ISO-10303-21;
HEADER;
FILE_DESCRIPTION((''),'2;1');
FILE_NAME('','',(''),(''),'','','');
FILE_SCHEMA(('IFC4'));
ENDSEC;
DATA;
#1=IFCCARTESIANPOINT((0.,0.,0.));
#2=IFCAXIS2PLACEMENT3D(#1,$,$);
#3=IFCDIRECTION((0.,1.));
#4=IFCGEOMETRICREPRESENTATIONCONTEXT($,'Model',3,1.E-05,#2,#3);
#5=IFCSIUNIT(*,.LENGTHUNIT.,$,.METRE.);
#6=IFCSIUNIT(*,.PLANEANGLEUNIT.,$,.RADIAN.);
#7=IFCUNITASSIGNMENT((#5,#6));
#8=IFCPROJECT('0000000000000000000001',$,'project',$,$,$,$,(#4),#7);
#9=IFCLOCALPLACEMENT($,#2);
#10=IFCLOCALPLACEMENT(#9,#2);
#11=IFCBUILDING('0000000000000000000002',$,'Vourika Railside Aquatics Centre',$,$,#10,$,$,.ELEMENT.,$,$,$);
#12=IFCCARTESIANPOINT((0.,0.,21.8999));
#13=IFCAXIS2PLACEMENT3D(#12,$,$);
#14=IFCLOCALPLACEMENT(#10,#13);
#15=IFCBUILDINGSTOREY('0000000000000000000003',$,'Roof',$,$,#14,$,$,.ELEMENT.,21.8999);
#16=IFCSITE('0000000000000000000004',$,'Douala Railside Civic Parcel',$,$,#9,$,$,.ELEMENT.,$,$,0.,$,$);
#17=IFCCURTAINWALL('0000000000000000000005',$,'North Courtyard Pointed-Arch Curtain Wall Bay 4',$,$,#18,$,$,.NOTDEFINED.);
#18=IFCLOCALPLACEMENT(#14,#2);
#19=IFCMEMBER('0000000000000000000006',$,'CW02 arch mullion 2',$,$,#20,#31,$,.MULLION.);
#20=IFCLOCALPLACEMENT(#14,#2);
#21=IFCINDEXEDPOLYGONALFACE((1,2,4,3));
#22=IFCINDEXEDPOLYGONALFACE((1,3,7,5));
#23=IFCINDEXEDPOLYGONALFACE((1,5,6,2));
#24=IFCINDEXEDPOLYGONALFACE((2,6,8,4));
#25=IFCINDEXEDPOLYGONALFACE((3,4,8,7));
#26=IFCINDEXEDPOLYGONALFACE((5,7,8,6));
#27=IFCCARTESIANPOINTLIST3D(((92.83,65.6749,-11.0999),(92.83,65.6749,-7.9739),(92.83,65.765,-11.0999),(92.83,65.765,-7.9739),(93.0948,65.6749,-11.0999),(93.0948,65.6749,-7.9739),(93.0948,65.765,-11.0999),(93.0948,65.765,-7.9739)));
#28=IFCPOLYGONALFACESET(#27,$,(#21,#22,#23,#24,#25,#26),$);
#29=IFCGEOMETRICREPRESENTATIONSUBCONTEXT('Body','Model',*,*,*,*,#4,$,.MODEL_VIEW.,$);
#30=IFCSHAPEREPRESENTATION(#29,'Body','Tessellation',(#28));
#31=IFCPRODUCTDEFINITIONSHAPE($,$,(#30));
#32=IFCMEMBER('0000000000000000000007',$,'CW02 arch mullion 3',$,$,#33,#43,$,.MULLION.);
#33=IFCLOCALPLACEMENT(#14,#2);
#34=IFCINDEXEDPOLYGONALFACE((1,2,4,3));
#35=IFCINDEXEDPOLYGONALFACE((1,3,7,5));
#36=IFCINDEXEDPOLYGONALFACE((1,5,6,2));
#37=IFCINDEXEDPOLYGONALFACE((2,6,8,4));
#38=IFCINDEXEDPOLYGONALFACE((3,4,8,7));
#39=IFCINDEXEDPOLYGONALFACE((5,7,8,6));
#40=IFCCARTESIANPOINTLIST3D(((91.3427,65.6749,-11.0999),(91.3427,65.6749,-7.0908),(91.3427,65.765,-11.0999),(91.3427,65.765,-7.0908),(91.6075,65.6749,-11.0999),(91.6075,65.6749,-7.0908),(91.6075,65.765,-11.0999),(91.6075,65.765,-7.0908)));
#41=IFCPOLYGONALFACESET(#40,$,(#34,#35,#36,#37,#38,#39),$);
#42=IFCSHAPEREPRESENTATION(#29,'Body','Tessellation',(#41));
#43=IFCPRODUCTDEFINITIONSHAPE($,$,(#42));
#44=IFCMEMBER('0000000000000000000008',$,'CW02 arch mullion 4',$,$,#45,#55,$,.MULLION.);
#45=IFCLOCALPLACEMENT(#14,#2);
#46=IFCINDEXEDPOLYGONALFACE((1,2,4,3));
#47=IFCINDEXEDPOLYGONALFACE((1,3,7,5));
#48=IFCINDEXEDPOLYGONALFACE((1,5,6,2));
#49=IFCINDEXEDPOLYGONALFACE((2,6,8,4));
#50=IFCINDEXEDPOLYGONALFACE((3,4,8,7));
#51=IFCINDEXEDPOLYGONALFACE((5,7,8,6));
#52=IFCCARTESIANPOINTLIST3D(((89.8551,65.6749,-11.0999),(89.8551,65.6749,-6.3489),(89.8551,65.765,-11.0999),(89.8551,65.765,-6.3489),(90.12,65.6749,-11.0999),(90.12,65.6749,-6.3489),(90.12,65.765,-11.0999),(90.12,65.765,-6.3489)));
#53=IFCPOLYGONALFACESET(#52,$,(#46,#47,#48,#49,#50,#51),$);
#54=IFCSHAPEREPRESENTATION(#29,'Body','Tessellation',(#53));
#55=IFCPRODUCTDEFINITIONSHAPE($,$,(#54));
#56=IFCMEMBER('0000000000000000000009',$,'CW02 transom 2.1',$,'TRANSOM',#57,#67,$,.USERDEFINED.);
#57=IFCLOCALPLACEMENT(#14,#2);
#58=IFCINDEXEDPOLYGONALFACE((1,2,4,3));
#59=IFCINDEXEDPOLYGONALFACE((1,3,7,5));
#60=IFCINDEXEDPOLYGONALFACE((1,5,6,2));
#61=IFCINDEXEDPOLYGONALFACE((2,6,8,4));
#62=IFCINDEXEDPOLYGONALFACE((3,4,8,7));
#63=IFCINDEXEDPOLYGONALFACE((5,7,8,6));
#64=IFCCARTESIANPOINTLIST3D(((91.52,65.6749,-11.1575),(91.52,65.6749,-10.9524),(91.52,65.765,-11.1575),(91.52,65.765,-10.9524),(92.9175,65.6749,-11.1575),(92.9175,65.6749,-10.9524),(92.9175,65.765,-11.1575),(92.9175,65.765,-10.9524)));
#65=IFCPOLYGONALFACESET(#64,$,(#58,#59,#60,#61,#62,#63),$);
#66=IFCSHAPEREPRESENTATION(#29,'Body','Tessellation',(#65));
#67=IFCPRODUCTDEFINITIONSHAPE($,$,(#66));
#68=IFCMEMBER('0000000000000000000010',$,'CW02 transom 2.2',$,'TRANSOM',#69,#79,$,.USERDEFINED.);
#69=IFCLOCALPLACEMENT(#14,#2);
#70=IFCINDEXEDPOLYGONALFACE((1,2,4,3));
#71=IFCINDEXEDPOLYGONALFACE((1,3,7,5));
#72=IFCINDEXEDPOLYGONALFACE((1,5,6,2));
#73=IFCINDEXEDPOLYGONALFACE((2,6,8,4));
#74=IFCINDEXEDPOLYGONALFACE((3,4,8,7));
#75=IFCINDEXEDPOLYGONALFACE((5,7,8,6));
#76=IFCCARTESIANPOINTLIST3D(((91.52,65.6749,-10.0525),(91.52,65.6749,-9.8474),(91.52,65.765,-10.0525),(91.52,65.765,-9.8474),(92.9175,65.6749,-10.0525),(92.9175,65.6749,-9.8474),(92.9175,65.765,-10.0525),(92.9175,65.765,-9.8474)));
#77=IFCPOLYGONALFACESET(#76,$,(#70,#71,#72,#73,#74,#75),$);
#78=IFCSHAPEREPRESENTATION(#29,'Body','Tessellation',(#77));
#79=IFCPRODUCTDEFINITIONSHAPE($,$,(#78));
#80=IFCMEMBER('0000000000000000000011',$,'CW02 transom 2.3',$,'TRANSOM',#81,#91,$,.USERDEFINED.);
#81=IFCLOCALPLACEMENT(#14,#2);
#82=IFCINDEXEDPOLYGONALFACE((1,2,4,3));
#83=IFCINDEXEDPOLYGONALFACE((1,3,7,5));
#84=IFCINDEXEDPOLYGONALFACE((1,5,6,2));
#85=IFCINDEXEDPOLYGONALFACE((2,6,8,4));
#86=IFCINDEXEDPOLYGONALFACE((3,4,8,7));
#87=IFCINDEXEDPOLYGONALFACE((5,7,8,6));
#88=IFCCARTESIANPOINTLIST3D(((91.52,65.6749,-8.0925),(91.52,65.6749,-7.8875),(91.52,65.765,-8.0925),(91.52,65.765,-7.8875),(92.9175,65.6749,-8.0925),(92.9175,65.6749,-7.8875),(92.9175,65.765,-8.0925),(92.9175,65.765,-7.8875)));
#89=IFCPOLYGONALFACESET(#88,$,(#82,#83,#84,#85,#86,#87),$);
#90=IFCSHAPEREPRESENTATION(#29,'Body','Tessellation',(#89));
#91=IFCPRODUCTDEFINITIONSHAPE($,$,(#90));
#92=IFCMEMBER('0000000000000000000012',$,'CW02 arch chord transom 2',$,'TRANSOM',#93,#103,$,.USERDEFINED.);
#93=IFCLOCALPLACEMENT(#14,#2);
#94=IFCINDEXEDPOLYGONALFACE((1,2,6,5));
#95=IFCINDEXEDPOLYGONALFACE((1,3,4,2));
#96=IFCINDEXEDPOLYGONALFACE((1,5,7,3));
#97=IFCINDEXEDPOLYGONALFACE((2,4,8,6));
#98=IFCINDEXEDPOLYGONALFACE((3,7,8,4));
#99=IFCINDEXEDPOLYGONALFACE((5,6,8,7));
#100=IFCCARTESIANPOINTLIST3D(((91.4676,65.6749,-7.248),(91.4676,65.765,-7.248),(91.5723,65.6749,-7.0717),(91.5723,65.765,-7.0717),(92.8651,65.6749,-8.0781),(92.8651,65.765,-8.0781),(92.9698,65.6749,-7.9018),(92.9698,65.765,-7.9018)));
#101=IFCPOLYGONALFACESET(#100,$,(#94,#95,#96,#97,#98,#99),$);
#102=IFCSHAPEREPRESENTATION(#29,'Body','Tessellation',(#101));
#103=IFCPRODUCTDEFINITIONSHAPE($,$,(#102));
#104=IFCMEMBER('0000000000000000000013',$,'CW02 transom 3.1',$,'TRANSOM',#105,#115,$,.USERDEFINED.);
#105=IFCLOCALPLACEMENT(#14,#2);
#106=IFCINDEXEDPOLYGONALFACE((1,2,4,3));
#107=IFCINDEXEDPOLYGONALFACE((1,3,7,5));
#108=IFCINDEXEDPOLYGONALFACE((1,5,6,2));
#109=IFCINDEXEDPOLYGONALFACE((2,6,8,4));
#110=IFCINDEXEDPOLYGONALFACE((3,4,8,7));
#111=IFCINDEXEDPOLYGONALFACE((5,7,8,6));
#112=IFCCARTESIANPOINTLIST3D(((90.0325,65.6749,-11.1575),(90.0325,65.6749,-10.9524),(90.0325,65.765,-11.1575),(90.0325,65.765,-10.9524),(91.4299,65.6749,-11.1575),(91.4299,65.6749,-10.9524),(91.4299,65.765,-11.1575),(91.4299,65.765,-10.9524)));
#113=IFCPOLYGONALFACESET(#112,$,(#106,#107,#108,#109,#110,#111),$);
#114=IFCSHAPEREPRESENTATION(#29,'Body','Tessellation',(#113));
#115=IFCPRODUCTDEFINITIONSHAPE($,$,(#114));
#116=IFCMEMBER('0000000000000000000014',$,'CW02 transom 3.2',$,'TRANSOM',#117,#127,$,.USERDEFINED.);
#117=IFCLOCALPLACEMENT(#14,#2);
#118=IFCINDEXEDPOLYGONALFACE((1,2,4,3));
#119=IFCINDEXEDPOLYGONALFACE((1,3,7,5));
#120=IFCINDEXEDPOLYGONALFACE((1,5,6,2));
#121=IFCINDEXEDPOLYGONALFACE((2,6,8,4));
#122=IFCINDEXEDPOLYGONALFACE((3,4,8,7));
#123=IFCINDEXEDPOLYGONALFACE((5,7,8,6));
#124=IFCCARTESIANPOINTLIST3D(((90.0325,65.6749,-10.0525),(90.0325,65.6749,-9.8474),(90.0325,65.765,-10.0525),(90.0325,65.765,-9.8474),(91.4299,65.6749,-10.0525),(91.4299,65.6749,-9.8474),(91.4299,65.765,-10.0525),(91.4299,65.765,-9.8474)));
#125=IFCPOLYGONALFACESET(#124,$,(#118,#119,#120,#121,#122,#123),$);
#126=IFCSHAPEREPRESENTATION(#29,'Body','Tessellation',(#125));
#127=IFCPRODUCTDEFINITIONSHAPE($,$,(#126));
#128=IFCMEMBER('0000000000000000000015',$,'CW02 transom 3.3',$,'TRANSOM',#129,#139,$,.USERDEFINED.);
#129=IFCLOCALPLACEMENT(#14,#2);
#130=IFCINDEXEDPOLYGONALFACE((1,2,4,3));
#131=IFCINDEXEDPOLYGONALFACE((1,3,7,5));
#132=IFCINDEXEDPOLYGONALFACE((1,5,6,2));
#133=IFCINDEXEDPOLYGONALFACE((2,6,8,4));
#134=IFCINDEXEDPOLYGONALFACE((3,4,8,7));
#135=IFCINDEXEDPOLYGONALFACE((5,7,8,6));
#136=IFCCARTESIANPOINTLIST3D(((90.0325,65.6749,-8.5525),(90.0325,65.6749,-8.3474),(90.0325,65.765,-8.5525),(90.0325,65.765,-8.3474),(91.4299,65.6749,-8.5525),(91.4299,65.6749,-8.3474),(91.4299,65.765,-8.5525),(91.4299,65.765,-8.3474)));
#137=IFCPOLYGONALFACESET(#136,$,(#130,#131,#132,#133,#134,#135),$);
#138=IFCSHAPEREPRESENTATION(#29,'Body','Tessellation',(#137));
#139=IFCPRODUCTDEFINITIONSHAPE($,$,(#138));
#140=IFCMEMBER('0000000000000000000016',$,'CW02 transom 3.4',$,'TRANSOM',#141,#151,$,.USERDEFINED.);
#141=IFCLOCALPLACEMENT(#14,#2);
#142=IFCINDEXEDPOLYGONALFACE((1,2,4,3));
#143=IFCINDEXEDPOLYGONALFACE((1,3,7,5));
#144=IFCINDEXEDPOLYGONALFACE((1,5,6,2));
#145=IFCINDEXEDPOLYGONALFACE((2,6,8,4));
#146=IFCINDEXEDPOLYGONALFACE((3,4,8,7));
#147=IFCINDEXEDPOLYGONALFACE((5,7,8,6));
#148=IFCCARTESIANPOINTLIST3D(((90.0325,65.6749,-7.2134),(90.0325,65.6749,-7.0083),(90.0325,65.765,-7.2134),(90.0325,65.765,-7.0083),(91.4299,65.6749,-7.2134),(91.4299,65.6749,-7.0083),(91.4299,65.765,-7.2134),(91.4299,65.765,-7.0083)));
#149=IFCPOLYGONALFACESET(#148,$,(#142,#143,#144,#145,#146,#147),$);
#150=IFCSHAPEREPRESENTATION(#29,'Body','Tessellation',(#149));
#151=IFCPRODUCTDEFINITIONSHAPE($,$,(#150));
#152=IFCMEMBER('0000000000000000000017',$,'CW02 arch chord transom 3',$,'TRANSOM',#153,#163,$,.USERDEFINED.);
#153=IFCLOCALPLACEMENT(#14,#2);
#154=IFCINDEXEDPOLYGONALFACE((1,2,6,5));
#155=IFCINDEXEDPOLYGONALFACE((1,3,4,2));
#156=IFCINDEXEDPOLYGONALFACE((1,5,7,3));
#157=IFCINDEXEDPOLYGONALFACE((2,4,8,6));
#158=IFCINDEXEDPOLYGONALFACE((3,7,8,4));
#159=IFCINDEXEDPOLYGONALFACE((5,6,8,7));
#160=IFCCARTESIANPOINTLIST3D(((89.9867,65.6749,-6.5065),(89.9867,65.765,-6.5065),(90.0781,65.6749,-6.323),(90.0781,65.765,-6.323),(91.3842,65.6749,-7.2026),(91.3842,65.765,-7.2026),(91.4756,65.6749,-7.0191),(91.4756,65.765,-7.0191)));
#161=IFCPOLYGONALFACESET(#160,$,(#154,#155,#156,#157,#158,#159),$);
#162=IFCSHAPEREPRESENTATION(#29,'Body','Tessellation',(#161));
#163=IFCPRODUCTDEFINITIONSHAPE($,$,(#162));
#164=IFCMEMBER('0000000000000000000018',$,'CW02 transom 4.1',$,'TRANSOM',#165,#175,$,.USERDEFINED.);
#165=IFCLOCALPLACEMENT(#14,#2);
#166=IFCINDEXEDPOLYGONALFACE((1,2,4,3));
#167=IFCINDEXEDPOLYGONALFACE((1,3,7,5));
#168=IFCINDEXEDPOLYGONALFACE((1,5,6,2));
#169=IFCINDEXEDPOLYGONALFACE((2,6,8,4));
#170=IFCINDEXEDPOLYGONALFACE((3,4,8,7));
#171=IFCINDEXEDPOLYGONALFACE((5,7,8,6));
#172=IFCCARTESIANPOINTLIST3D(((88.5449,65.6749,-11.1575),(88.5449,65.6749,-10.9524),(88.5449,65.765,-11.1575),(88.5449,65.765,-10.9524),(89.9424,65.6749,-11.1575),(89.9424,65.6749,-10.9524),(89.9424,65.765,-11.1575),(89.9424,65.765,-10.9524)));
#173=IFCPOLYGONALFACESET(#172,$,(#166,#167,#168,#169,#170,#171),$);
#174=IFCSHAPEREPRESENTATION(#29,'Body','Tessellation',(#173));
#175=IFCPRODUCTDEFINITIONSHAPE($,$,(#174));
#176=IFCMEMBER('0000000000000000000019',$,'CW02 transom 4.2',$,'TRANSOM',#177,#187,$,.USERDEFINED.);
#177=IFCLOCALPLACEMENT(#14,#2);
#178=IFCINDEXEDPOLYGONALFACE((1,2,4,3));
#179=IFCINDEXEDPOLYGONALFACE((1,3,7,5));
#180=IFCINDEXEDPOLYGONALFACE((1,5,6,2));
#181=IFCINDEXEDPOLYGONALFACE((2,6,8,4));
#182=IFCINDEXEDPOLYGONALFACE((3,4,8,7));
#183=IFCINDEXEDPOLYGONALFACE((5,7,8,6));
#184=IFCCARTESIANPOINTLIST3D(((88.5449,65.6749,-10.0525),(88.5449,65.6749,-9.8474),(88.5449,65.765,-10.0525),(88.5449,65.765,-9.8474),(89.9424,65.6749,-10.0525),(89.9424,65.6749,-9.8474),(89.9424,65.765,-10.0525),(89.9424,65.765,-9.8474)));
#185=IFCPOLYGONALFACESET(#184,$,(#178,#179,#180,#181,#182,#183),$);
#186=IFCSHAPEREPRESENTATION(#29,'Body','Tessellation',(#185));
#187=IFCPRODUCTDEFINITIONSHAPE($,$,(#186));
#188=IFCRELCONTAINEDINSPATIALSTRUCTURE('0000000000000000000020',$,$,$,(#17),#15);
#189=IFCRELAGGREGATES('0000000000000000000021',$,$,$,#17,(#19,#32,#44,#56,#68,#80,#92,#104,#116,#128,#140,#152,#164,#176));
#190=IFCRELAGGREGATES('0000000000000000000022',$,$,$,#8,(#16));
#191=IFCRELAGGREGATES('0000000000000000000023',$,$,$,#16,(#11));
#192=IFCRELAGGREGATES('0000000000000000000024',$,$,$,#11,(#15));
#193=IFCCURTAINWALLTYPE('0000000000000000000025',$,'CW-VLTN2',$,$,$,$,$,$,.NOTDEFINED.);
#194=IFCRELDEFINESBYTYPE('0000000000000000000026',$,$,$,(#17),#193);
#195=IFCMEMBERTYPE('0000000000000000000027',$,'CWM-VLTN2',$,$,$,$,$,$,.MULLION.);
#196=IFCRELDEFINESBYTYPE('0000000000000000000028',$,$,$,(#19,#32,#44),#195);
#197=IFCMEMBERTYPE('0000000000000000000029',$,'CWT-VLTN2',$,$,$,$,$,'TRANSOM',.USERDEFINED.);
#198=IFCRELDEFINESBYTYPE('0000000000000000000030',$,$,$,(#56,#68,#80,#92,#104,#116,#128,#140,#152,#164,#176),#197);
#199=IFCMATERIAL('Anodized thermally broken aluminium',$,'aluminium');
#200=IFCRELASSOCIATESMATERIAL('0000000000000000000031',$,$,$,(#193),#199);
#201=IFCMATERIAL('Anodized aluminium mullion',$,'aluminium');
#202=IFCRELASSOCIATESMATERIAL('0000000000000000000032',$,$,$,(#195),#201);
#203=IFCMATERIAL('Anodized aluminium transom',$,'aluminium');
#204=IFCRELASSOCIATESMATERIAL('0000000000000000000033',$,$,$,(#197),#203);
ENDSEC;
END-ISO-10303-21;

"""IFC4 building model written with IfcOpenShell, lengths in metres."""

from ifc_helpers import new_model, si_unit, direction, frame, origin, origin_2d, place, context, subcontext, project, spatial, rectangle, extrude, material, material_profile, profile_set, type_object, element, aggregate, save


model = new_model("IFC4")

# Units and contexts
model_context = context("Model", 3, precision=1e-05, world=origin(), true_north=direction((0.0, 1.0)))
body_context = subcontext(model_context, "Body", "Model", "MODEL_VIEW")
ifc_project = project(units=[si_unit("LENGTHUNIT", "METRE"), si_unit("PLANEANGLEUNIT", "RADIAN")], contexts=[model_context])

# Site, building, storey
site_placement = place(None, origin())
site = spatial("IfcSite", under=ifc_project, at=site_placement, Name="Douala Railside Civic Parcel", CompositionType="ELEMENT", RefElevation=0.0)
building_placement = place(site_placement, origin())
building = spatial("IfcBuilding", under=site, at=building_placement, Name="Vourika Railside Aquatics Centre", CompositionType="ELEMENT")
storey_placement = place(building_placement, frame((0.0, 0.0, 21.8999)))
storey = spatial("IfcBuildingStorey", under=building, at=storey_placement, Name="Roof", CompositionType="ELEMENT", Elevation=21.8999)

# Curtain wall, members
ifc_material_1 = material(Name="Anodized thermally broken aluminium", Category="aluminium")
curtain_wall_type = type_object("IfcCurtainWallType", Name="CW-VLTN2", PredefinedType="NOTDEFINED", material=ifc_material_1)
curtain_wall_placement = place(storey_placement, origin())
curtain_wall = element("IfcCurtainWall", 1, at=curtain_wall_placement, inside=storey, type_object=curtain_wall_type, Name="North Courtyard Pointed-Arch Curtain Wall Bay 4", PredefinedType="NOTDEFINED")
ifc_material_2 = material(Name="Anodized aluminium mullion", Category="aluminium")
ifc_material_profile_1 = material_profile(ifc_material_2, rectangle(XDim=0.0901, YDim=0.2649, at=origin_2d()), Name="ALU-M 90x265")
ifc_profile_set_1 = profile_set([ifc_material_profile_1], Name="Anodized aluminium mullion")
member_type_1 = type_object("IfcMemberType", Name="CWM-VLTN2", PredefinedType="MULLION", material=ifc_profile_set_1)
member_1_placement = place(storey_placement, frame((92.9624, 65.72, -11.0999), z_axis=(0.0, 0.0, 1.0), x_axis=(0.0, -1.0, 0.0)))
member_1 = element("IfcMember", 2, at=member_1_placement, type_object=member_type_1, Name="CW02 arch mullion 2", PredefinedType="MULLION", context=body_context, shape_type="SweptSolid", body=[
    extrude(rectangle(XDim=0.0901, YDim=0.2649, at=origin_2d()), origin(), (0.0, 0.0, 1.0), 3.126),
])
member_2_placement = place(storey_placement, frame((91.4751, 65.72, -11.0999), z_axis=(0.0, 0.0, 1.0), x_axis=(0.0, -1.0, 0.0)))
member_2 = element("IfcMember", 3, at=member_2_placement, type_object=member_type_1, Name="CW02 arch mullion 3", PredefinedType="MULLION", context=body_context, shape_type="SweptSolid", body=[
    extrude(rectangle(XDim=0.0901, YDim=0.2649, at=origin_2d()), origin(), (0.0, 0.0, 1.0), 4.009),
])
member_3_placement = place(storey_placement, frame((89.9875, 65.72, -11.0999), z_axis=(0.0, 0.0, 1.0), x_axis=(0.0, -1.0, 0.0)))
member_3 = element("IfcMember", 4, at=member_3_placement, type_object=member_type_1, Name="CW02 arch mullion 4", PredefinedType="MULLION", context=body_context, shape_type="SweptSolid", body=[
    extrude(rectangle(XDim=0.0901, YDim=0.2649, at=origin_2d()), origin(), (0.0, 0.0, 1.0), 4.751),
])
ifc_material_3 = material(Name="Anodized aluminium transom", Category="aluminium")
ifc_material_profile_2 = material_profile(ifc_material_3, rectangle(XDim=0.0901, YDim=0.2051, at=origin_2d()), Name="ALU-T 90x205")
ifc_profile_set_2 = profile_set([ifc_material_profile_2], Name="Anodized aluminium transom")
member_type_2 = type_object("IfcMemberType", Name="CWT-VLTN2", ElementType="TRANSOM", PredefinedType="USERDEFINED", material=ifc_profile_set_2)
member_4_placement = place(storey_placement, frame((92.9175, 65.72, -11.0549), z_axis=(-1.0, 0.0, 0.0), x_axis=(0.0, -1.0, 0.0)))
member_4 = element("IfcMember", 5, at=member_4_placement, type_object=member_type_2, Name="CW02 transom 2.1", ObjectType="TRANSOM", PredefinedType="USERDEFINED", context=body_context, shape_type="SweptSolid", body=[
    extrude(rectangle(XDim=0.0901, YDim=0.2051, at=origin_2d()), origin(), (0.0, 0.0, 1.0), 1.3975),
])
member_5_placement = place(storey_placement, frame((92.9175, 65.72, -9.95), z_axis=(-1.0, 0.0, 0.0), x_axis=(0.0, -1.0, 0.0)))
member_5 = element("IfcMember", 6, at=member_5_placement, type_object=member_type_2, Name="CW02 transom 2.2", ObjectType="TRANSOM", PredefinedType="USERDEFINED", context=body_context, shape_type="SweptSolid", body=[
    extrude(rectangle(XDim=0.0901, YDim=0.2051, at=origin_2d()), origin(), (0.0, 0.0, 1.0), 1.3975),
])
member_6_placement = place(storey_placement, frame((92.9175, 65.72, -7.99), z_axis=(-1.0, 0.0, 0.0), x_axis=(0.0, -1.0, 0.0)))
member_6 = element("IfcMember", 7, at=member_6_placement, type_object=member_type_2, Name="CW02 transom 2.3", ObjectType="TRANSOM", PredefinedType="USERDEFINED", context=body_context, shape_type="SweptSolid", body=[
    extrude(rectangle(XDim=0.0901, YDim=0.2051, at=origin_2d()), origin(), (0.0, 0.0, 1.0), 1.3975),
])
member_7_placement = place(storey_placement, frame((92.9175, 65.72, -7.99), z_axis=(-0.859764, 0.0, 0.510691), x_axis=(0.0, -1.0, 0.0)))
member_7 = element("IfcMember", 8, at=member_7_placement, type_object=member_type_2, Name="CW02 arch chord transom 2", ObjectType="TRANSOM", PredefinedType="USERDEFINED", context=body_context, shape_type="SweptSolid", body=[
    extrude(rectangle(XDim=0.0901, YDim=0.2051, at=origin_2d()), origin(), (0.0, 0.0, 1.0), 1.6255),
])
member_8_placement = place(storey_placement, frame((91.4299, 65.72, -11.0549), z_axis=(-1.0, 0.0, 0.0), x_axis=(0.0, -1.0, 0.0)))
member_8 = element("IfcMember", 9, at=member_8_placement, type_object=member_type_2, Name="CW02 transom 3.1", ObjectType="TRANSOM", PredefinedType="USERDEFINED", context=body_context, shape_type="SweptSolid", body=[
    extrude(rectangle(XDim=0.0901, YDim=0.2051, at=origin_2d()), origin(), (0.0, 0.0, 1.0), 1.3975),
])
member_9_placement = place(storey_placement, frame((91.4299, 65.72, -9.95), z_axis=(-1.0, 0.0, 0.0), x_axis=(0.0, -1.0, 0.0)))
member_9 = element("IfcMember", 10, at=member_9_placement, type_object=member_type_2, Name="CW02 transom 3.2", ObjectType="TRANSOM", PredefinedType="USERDEFINED", context=body_context, shape_type="SweptSolid", body=[
    extrude(rectangle(XDim=0.0901, YDim=0.2051, at=origin_2d()), origin(), (0.0, 0.0, 1.0), 1.3975),
])
member_10_placement = place(storey_placement, frame((91.4299, 65.72, -8.45), z_axis=(-1.0, 0.0, 0.0), x_axis=(0.0, -1.0, 0.0)))
member_10 = element("IfcMember", 11, at=member_10_placement, type_object=member_type_2, Name="CW02 transom 3.3", ObjectType="TRANSOM", PredefinedType="USERDEFINED", context=body_context, shape_type="SweptSolid", body=[
    extrude(rectangle(XDim=0.0901, YDim=0.2051, at=origin_2d()), origin(), (0.0, 0.0, 1.0), 1.3975),
])
member_11_placement = place(storey_placement, frame((91.4299, 65.72, -7.1108), z_axis=(-1.0, 0.0, 0.0), x_axis=(0.0, -1.0, 0.0)))
member_11 = element("IfcMember", 12, at=member_11_placement, type_object=member_type_2, Name="CW02 transom 3.4", ObjectType="TRANSOM", PredefinedType="USERDEFINED", context=body_context, shape_type="SweptSolid", body=[
    extrude(rectangle(XDim=0.0901, YDim=0.2051, at=origin_2d()), origin(), (0.0, 0.0, 1.0), 1.3975),
])
member_12_placement = place(storey_placement, frame((91.4299, 65.72, -7.1108), z_axis=(-0.895114, 0.0, 0.445837), x_axis=(0.0, -1.0, 0.0)))
member_12 = element("IfcMember", 13, at=member_12_placement, type_object=member_type_2, Name="CW02 arch chord transom 3", ObjectType="TRANSOM", PredefinedType="USERDEFINED", context=body_context, shape_type="SweptSolid", body=[
    extrude(rectangle(XDim=0.0901, YDim=0.2051, at=origin_2d()), origin(), (0.0, 0.0, 1.0), 1.5613),
])
member_13_placement = place(storey_placement, frame((89.9424, 65.72, -11.0549), z_axis=(-1.0, 0.0, 0.0), x_axis=(0.0, -1.0, 0.0)))
member_13 = element("IfcMember", 14, at=member_13_placement, type_object=member_type_2, Name="CW02 transom 4.1", ObjectType="TRANSOM", PredefinedType="USERDEFINED", context=body_context, shape_type="SweptSolid", body=[
    extrude(rectangle(XDim=0.0901, YDim=0.2051, at=origin_2d()), origin(), (0.0, 0.0, 1.0), 1.3975),
])
member_14_placement = place(storey_placement, frame((89.9424, 65.72, -9.95), z_axis=(-1.0, 0.0, 0.0), x_axis=(0.0, -1.0, 0.0)))
member_14 = element("IfcMember", 15, at=member_14_placement, type_object=member_type_2, Name="CW02 transom 4.2", ObjectType="TRANSOM", PredefinedType="USERDEFINED", context=body_context, shape_type="SweptSolid", body=[
    extrude(rectangle(XDim=0.0901, YDim=0.2051, at=origin_2d()), origin(), (0.0, 0.0, 1.0), 1.3975),
])
aggregate(curtain_wall, [member_1, member_2, member_3, member_4, member_5, member_6, member_7, member_8, member_9, member_10, member_11, member_12, member_13, member_14])

save(model, "model.ifc")
